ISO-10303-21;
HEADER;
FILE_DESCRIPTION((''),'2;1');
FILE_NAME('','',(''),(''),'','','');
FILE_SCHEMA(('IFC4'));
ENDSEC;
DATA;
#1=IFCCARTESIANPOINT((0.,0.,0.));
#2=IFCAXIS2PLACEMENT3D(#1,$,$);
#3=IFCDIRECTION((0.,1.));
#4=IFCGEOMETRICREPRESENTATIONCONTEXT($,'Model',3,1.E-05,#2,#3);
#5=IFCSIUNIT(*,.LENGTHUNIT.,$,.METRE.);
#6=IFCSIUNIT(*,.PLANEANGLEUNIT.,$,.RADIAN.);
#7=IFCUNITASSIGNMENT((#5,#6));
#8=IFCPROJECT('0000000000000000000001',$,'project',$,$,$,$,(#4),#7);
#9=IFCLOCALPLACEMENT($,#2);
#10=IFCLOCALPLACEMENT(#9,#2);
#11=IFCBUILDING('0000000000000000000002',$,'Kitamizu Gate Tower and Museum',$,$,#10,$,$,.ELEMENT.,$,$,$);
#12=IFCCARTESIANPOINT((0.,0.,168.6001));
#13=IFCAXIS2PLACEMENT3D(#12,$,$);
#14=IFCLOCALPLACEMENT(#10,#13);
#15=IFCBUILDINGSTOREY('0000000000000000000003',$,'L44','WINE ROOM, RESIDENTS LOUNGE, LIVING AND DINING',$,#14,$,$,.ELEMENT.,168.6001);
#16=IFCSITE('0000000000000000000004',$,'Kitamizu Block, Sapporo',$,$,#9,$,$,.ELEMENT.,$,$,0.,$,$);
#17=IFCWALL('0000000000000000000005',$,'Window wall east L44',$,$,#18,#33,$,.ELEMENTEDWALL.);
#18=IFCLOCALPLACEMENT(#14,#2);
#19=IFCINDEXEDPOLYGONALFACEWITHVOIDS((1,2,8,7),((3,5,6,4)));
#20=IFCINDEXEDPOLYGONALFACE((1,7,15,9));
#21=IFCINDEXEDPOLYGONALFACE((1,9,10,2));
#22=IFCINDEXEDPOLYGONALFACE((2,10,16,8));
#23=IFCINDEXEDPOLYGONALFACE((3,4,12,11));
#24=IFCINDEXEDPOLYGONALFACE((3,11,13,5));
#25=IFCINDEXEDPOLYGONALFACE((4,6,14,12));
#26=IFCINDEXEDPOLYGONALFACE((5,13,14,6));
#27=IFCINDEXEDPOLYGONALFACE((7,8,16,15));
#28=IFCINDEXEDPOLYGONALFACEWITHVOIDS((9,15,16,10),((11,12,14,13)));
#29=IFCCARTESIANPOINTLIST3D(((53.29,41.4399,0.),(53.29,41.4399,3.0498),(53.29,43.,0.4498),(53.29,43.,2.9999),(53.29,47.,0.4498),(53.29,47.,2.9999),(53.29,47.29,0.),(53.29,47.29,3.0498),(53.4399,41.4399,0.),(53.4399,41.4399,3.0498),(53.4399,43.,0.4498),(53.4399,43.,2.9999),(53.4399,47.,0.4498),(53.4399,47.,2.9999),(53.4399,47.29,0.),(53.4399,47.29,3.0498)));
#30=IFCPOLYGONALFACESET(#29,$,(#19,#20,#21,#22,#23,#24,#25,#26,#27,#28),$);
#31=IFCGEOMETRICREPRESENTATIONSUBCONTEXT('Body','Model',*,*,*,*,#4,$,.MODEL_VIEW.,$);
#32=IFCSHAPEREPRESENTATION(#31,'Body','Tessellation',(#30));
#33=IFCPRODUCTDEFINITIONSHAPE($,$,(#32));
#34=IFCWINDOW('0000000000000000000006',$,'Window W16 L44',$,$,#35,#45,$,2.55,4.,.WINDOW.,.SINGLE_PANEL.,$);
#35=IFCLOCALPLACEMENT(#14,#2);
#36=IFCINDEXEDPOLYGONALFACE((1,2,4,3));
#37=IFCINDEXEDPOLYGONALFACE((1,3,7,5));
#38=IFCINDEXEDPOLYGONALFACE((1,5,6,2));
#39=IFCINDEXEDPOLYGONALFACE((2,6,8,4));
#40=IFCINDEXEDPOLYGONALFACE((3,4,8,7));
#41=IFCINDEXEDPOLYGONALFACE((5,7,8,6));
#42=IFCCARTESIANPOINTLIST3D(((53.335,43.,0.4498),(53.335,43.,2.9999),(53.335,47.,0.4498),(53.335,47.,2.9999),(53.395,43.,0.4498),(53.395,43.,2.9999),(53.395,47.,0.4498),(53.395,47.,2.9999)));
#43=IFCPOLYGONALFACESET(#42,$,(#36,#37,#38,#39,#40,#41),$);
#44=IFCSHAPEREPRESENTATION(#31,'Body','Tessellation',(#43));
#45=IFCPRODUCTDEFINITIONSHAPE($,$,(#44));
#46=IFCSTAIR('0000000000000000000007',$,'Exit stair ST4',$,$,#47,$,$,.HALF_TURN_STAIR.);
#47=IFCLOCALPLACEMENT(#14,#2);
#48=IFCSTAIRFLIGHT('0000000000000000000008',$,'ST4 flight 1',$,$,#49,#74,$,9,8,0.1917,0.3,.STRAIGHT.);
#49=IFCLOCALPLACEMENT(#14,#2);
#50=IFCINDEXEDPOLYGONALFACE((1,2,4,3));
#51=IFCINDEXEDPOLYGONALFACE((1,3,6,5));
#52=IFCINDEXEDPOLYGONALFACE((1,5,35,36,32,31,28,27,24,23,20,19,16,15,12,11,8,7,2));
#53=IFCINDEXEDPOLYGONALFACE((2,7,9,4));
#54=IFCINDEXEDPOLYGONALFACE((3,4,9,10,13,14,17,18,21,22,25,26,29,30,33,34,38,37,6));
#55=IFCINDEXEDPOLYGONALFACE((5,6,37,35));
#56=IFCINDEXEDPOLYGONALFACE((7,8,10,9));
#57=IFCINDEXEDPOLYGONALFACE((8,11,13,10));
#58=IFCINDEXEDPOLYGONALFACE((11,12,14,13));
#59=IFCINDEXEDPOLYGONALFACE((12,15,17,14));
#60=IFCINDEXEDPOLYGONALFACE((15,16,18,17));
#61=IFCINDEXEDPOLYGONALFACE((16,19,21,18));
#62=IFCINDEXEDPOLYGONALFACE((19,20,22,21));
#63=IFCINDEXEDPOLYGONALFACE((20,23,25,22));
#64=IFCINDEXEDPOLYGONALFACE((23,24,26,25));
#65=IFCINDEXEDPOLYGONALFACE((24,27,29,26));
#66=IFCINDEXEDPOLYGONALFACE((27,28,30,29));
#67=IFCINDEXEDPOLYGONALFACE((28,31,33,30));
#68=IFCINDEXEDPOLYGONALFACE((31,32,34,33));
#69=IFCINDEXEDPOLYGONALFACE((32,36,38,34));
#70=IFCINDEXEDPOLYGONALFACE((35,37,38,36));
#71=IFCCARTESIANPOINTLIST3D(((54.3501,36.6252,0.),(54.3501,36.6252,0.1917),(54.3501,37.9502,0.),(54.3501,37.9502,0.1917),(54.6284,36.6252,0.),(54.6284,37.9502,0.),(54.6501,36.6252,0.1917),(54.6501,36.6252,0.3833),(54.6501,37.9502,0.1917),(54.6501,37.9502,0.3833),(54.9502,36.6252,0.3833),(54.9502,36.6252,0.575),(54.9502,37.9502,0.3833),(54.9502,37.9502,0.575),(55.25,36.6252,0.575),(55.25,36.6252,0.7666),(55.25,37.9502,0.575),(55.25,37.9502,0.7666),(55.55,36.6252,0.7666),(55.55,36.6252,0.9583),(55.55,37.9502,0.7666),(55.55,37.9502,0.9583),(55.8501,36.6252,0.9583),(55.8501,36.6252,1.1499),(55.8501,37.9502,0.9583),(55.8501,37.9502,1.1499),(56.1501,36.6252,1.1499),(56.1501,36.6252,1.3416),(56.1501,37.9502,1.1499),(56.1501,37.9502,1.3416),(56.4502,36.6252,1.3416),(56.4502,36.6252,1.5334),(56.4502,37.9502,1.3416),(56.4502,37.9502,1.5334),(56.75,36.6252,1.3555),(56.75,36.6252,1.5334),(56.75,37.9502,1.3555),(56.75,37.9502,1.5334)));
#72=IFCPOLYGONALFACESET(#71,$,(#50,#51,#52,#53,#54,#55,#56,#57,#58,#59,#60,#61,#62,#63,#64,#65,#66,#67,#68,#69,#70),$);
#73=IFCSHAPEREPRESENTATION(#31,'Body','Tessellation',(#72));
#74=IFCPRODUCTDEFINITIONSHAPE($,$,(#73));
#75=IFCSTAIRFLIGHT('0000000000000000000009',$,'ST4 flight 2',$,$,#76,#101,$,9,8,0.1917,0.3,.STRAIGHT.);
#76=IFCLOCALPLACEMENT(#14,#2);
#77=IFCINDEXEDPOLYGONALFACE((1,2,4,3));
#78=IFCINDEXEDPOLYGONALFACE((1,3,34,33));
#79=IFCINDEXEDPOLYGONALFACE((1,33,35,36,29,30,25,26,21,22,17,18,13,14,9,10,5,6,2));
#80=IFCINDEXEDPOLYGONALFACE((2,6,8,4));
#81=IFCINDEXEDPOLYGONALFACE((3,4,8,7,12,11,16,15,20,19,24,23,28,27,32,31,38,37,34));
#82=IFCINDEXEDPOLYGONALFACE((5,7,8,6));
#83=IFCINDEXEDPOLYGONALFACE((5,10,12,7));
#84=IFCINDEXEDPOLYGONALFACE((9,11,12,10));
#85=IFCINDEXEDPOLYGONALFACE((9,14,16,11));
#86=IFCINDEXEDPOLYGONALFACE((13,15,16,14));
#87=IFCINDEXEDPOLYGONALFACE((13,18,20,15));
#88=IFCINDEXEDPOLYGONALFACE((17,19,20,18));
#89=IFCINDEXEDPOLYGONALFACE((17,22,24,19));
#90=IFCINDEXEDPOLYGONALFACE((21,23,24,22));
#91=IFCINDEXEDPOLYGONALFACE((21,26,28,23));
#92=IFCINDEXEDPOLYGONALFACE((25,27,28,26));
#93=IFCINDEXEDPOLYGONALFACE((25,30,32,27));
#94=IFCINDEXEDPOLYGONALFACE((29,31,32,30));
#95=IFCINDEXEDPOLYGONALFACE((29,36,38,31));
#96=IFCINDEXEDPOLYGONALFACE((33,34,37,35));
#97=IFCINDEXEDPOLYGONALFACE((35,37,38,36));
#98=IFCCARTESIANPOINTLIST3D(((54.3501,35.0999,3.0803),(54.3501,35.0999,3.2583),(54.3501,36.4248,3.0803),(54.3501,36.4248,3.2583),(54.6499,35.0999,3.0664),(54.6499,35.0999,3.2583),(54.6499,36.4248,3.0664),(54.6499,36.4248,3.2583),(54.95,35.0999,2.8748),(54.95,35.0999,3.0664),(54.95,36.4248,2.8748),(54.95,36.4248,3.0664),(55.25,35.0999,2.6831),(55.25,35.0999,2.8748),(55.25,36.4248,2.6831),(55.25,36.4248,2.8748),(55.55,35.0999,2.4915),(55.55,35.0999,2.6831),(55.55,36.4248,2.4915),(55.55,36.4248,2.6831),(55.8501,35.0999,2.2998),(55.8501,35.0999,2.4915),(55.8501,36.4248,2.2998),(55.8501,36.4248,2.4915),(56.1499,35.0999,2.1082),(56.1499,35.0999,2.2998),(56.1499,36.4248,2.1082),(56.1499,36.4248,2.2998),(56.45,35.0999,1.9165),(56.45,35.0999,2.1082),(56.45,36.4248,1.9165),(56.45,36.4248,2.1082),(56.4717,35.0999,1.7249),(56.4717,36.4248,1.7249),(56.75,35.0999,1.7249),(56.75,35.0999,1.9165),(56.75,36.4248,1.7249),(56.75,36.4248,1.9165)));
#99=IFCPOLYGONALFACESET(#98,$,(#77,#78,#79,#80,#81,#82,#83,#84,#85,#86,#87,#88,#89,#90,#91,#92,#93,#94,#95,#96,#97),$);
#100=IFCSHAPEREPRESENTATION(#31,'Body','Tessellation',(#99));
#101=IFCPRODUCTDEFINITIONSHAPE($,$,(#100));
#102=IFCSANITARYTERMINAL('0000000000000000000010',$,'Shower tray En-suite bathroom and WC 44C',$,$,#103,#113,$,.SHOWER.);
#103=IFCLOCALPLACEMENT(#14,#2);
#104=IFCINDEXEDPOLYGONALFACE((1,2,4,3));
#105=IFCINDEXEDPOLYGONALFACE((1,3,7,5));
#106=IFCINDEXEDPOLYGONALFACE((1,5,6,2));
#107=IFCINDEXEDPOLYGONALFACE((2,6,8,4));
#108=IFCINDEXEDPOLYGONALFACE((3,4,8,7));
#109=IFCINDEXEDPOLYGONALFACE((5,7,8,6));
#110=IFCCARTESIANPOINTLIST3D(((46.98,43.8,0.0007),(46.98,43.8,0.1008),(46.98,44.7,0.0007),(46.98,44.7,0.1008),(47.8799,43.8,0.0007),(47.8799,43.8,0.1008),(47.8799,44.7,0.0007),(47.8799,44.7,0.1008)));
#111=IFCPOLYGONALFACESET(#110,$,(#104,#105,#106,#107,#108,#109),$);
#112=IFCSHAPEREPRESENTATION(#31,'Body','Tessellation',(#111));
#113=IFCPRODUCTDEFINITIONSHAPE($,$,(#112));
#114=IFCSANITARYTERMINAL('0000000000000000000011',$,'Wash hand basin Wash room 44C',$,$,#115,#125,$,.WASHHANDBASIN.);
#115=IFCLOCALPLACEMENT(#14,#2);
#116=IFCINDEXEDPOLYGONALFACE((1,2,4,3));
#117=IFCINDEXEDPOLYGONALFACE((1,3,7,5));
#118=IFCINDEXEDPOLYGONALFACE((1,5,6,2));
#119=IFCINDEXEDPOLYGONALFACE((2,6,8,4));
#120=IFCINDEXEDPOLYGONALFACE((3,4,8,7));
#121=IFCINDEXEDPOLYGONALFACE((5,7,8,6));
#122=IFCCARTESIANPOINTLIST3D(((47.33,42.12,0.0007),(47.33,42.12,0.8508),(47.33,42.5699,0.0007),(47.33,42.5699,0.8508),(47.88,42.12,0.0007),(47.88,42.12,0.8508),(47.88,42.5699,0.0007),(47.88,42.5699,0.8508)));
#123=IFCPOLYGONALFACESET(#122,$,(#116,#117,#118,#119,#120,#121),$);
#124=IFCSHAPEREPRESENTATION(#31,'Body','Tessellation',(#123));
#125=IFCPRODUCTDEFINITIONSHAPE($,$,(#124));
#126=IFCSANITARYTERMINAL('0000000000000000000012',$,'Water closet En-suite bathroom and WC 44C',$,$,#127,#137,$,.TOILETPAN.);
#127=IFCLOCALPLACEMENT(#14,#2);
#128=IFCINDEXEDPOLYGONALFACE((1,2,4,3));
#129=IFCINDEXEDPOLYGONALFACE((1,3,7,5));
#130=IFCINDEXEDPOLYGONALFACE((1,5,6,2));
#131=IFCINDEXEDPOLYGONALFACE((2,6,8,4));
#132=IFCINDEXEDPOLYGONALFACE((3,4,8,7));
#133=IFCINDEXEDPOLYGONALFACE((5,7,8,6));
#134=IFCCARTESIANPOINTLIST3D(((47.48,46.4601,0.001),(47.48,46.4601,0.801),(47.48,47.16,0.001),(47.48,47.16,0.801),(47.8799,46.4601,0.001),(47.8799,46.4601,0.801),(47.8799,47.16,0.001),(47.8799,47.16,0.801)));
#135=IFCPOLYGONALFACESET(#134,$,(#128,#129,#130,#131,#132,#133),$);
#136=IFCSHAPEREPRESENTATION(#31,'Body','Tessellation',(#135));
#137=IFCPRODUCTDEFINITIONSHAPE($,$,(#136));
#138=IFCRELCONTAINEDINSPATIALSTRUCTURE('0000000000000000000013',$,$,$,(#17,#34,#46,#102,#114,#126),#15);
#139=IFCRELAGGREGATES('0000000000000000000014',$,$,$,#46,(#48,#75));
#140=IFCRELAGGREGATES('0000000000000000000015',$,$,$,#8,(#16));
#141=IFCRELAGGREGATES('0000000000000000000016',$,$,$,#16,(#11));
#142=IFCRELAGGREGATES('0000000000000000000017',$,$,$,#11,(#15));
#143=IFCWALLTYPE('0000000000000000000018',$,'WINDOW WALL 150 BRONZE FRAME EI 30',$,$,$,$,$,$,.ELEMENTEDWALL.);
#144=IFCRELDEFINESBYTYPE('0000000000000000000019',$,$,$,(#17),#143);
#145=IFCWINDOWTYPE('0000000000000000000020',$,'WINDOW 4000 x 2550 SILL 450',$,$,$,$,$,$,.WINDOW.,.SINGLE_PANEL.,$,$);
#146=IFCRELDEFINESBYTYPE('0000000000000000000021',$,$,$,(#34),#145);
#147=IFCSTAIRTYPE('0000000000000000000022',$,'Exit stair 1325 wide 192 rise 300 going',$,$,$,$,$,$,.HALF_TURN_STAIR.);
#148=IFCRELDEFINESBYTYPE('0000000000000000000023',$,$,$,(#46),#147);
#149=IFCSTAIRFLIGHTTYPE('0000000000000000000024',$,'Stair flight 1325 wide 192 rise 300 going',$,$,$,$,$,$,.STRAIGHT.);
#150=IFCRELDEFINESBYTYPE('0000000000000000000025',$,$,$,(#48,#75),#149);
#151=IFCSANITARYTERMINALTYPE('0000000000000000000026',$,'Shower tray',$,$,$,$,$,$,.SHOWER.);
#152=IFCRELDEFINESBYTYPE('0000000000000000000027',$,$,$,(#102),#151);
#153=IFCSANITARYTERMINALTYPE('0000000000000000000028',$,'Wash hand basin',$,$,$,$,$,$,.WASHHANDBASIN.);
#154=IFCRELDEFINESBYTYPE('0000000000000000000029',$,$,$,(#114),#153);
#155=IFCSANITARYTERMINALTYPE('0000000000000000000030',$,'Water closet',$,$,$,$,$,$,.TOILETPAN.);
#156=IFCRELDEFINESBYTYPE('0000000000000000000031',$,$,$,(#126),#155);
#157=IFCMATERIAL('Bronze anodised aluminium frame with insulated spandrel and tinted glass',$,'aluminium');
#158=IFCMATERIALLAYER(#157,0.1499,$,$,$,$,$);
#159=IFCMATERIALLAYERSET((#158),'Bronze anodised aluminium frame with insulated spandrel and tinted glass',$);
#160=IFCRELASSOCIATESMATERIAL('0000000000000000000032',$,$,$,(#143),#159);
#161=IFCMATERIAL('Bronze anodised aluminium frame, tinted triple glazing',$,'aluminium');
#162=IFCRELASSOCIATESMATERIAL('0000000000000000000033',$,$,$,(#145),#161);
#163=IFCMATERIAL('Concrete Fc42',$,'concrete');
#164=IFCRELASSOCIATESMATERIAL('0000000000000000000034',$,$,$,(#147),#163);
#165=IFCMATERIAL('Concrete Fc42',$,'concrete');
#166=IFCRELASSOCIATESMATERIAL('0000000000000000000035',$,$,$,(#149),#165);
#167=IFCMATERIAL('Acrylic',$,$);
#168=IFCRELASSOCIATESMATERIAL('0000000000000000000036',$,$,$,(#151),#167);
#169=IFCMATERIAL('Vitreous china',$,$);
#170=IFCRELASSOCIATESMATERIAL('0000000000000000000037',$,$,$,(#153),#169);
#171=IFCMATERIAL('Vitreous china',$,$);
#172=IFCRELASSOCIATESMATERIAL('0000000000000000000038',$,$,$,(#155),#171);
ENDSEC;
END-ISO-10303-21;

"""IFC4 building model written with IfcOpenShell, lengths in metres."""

from ifc_helpers import new_model, si_unit, direction, frame, frame_2d, origin, origin_2d, place, context, subcontext, project, spatial, polyline, rectangle, outline, extrude, material, layer, layer_set, type_object, element, fill, aggregate, save


model = new_model("IFC4")

# Units and contexts
model_context = context("Model", 3, precision=1e-05, world=origin(), true_north=direction((0.0, 1.0)))
body_context = subcontext(model_context, "Body", "Model", "MODEL_VIEW")
ifc_project = project(units=[si_unit("LENGTHUNIT", "METRE"), si_unit("PLANEANGLEUNIT", "RADIAN")], contexts=[model_context])

# Site, building, storey
site_placement = place(None, origin())
site = spatial("IfcSite", under=ifc_project, at=site_placement, Name="Kitamizu Block, Sapporo", CompositionType="ELEMENT", RefElevation=0.0)
building_placement = place(site_placement, origin())
building = spatial("IfcBuilding", under=site, at=building_placement, Name="Kitamizu Gate Tower and Museum", CompositionType="ELEMENT")
storey_placement = place(building_placement, frame((0.0, 0.0, 168.6001)))
storey = spatial("IfcBuildingStorey", under=building, at=storey_placement, Name="L44", Description="WINE ROOM, RESIDENTS LOUNGE, LIVING AND DINING", CompositionType="ELEMENT", Elevation=168.6001)

# Shared definitions
ifc_material_1 = material(Name="Bronze anodised aluminium frame with insulated spandrel and tinted glass", Category="aluminium")
ifc_layer_1 = layer(ifc_material_1, 0.1499)
ifc_layer_set_1 = layer_set([ifc_layer_1], Name="Bronze anodised aluminium frame with insulated spandrel and tinted glass")
wall_type_1 = type_object("IfcWallType", Name="WINDOW WALL 150 BRONZE FRAME EI 30", PredefinedType="ELEMENTEDWALL", material=ifc_layer_set_1)

# Wall, opening, window
ifc_material_2 = material(Name="Bronze anodised aluminium frame, tinted triple glazing", Category="aluminium")
window_type = type_object("IfcWindowType", Name="WINDOW 4000 x 2550 SILL 450", PartitioningType="SINGLE_PANEL", PredefinedType="WINDOW", material=ifc_material_2)
wall_1_placement = place(storey_placement, frame((53.365, 41.4399, 0.0), z_axis=(0.0, 0.0, 1.0), x_axis=(0.0, 1.0, 0.0)))
wall_1 = element("IfcWall", 1, at=wall_1_placement, inside=storey, type_object=wall_type_1, Name="Window wall east L44", PredefinedType="ELEMENTEDWALL", context=body_context, shape_type="SweptSolid", body=[
    extrude(rectangle(XDim=5.8501, YDim=0.1499, at=frame_2d((2.925, 0.0))), origin(), (0.0, 0.0, 1.0), 3.0498),
])
opening_1_placement = place(wall_1_placement, frame((1.5601, 0.0, 0.45)))
opening_1 = element("IfcOpeningElement", 2, at=opening_1_placement, cuts=wall_1, PredefinedType="OPENING", context=body_context, shape_type="SweptSolid", body=[
    extrude(rectangle(XDim=4.0, YDim=2.55, at=frame_2d((2.0, 1.2749))), frame((0.0, 0.085, 0.0), z_axis=(0.0, -1.0, 0.0), x_axis=(1.0, 0.0, 0.0)), (0.0, 0.0, 1.0), 0.1699),
])
window_1_placement = place(opening_1_placement, origin())
window_1 = element("IfcWindow", 3, at=window_1_placement, inside=storey, type_object=window_type, Name="Window W16 L44", OverallHeight=2.55, OverallWidth=4.0, PartitioningType="SINGLE_PANEL", PredefinedType="WINDOW", context=body_context, shape_type="SweptSolid", body=[
    extrude(rectangle(XDim=4.0, YDim=2.55, at=frame_2d((2.0, 1.2749))), frame((0.0, 0.03, 0.0), z_axis=(0.0, -1.0, 0.0), x_axis=(1.0, 0.0, 0.0)), (0.0, 0.0, 1.0), 0.0601),
])
fill(opening_1, window_1)

# Stair, stair flights
ifc_material_3 = material(Name="Concrete Fc42", Category="concrete")
stair_type = type_object("IfcStairType", Name="Exit stair 1325 wide 192 rise 300 going", PredefinedType="HALF_TURN_STAIR", material=ifc_material_3)
stair_placement = place(storey_placement, origin())
stair = element("IfcStair", 4, at=stair_placement, inside=storey, type_object=stair_type, Name="Exit stair ST4", PredefinedType="HALF_TURN_STAIR")
ifc_material_4 = material(Name="Concrete Fc42", Category="concrete")
stair_flight_type = type_object("IfcStairFlightType", Name="Stair flight 1325 wide 192 rise 300 going", PredefinedType="STRAIGHT", material=ifc_material_4)
stair_flight_1_placement = place(storey_placement, frame((54.3501, 37.2876, 0.0), z_axis=(0.0, 0.0, 1.0), x_axis=(1.0, 0.0, 0.0)))
stair_flight_1 = element("IfcStairFlight", 5, at=stair_flight_1_placement, type_object=stair_flight_type, Name="ST4 flight 1", NumberOfRisers=9, NumberOfTreads=8, PredefinedType="STRAIGHT", RiserHeight=0.1917, TreadLength=0.3, context=body_context, shape_type="SweptSolid", body=[
    extrude(outline(polyline([(0.0, 0.0), (0.0, 0.1917), (0.3, 0.1917), (0.3, 0.3833), (0.6001, 0.3833), (0.6001, 0.575), (0.8999, 0.575), (0.8999, 0.7666), (1.2, 0.7666), (1.2, 0.9583), (1.5, 0.9583), (1.5, 1.1499), (1.8, 1.1499), (1.8, 1.3416), (2.1001, 1.3416), (2.1001, 1.5334), (2.3999, 1.5334), (2.3999, 1.7251), (2.3999, 1.3555), (0.2783, 0.0), (0.0, 0.0)])), frame((0.0, 0.6626, 0.0), z_axis=(0.0, -1.0, 0.0), x_axis=(1.0, 0.0, 0.0)), (0.0, 0.0, 1.0), 1.325),
])
stair_flight_2_placement = place(storey_placement, frame((56.75, 35.7625, 1.7249), z_axis=(0.0, 0.0, 1.0), x_axis=(-1.0, 0.0, 0.0)))
stair_flight_2 = element("IfcStairFlight", 6, at=stair_flight_2_placement, type_object=stair_flight_type, Name="ST4 flight 2", NumberOfRisers=9, NumberOfTreads=8, PredefinedType="STRAIGHT", RiserHeight=0.1917, TreadLength=0.3, context=body_context, shape_type="SweptSolid", body=[
    extrude(outline(polyline([(0.0, 0.0), (0.0, 0.1917), (0.3, 0.1917), (0.3, 0.3833), (0.6001, 0.3833), (0.6001, 0.575), (0.8999, 0.575), (0.8999, 0.7666), (1.2, 0.7666), (1.2, 0.9583), (1.5, 0.9583), (1.5, 1.1499), (1.8, 1.1499), (1.8, 1.3416), (2.1001, 1.3416), (2.1001, 1.5334), (2.3999, 1.5334), (2.3999, 1.7251), (2.3999, 1.3555), (0.2783, 0.0), (0.0, 0.0)])), frame((0.0, 0.6626, 0.0), z_axis=(0.0, -1.0, 0.0), x_axis=(1.0, 0.0, 0.0)), (0.0, 0.0, 1.0), 1.325),
])
aggregate(stair, [stair_flight_1, stair_flight_2])

# Sanitary terminals
ifc_material_5 = material(Name="Acrylic")
sanitary_terminal_type_1 = type_object("IfcSanitaryTerminalType", Name="Shower tray", PredefinedType="SHOWER", material=ifc_material_5)
sanitary_terminal_1_placement = place(storey_placement, frame((47.4299, 44.25, 0.0007), z_axis=(0.0, 0.0, 1.0), x_axis=(1.0, 0.0, 0.0)))
element("IfcSanitaryTerminal", 7, at=sanitary_terminal_1_placement, inside=storey, type_object=sanitary_terminal_type_1, Name="Shower tray En-suite bathroom and WC 44C", PredefinedType="SHOWER", context=body_context, shape_type="SweptSolid", body=[
    extrude(rectangle(XDim=0.8999, YDim=0.8999, at=origin_2d()), origin(), (0.0, 0.0, 1.0), 0.1001),
])
ifc_material_6 = material(Name="Vitreous china")
sanitary_terminal_type_2 = type_object("IfcSanitaryTerminalType", Name="Wash hand basin", PredefinedType="WASHHANDBASIN", material=ifc_material_6)
sanitary_terminal_2_placement = place(storey_placement, frame((47.605, 42.345, 0.0007), z_axis=(0.0, 0.0, 1.0), x_axis=(1.0, 0.0, 0.0)))
element("IfcSanitaryTerminal", 8, at=sanitary_terminal_2_placement, inside=storey, type_object=sanitary_terminal_type_2, Name="Wash hand basin Wash room 44C", PredefinedType="WASHHANDBASIN", context=body_context, shape_type="SweptSolid", body=[
    extrude(rectangle(XDim=0.55, YDim=0.45, at=origin_2d()), origin(), (0.0, 0.0, 1.0), 0.8501),
])
ifc_material_7 = material(Name="Vitreous china")
sanitary_terminal_type_3 = type_object("IfcSanitaryTerminalType", Name="Water closet", PredefinedType="TOILETPAN", material=ifc_material_7)
sanitary_terminal_3_placement = place(storey_placement, frame((47.6799, 46.8101, 0.001), z_axis=(0.0, 0.0, 1.0), x_axis=(1.0, 0.0, 0.0)))
element("IfcSanitaryTerminal", 9, at=sanitary_terminal_3_placement, inside=storey, type_object=sanitary_terminal_type_3, Name="Water closet En-suite bathroom and WC 44C", PredefinedType="TOILETPAN", context=body_context, shape_type="SweptSolid", body=[
    extrude(rectangle(XDim=0.3999, YDim=0.7, at=origin_2d()), origin(), (0.0, 0.0, 1.0), 0.8),
])

save(model, "model.ifc")
